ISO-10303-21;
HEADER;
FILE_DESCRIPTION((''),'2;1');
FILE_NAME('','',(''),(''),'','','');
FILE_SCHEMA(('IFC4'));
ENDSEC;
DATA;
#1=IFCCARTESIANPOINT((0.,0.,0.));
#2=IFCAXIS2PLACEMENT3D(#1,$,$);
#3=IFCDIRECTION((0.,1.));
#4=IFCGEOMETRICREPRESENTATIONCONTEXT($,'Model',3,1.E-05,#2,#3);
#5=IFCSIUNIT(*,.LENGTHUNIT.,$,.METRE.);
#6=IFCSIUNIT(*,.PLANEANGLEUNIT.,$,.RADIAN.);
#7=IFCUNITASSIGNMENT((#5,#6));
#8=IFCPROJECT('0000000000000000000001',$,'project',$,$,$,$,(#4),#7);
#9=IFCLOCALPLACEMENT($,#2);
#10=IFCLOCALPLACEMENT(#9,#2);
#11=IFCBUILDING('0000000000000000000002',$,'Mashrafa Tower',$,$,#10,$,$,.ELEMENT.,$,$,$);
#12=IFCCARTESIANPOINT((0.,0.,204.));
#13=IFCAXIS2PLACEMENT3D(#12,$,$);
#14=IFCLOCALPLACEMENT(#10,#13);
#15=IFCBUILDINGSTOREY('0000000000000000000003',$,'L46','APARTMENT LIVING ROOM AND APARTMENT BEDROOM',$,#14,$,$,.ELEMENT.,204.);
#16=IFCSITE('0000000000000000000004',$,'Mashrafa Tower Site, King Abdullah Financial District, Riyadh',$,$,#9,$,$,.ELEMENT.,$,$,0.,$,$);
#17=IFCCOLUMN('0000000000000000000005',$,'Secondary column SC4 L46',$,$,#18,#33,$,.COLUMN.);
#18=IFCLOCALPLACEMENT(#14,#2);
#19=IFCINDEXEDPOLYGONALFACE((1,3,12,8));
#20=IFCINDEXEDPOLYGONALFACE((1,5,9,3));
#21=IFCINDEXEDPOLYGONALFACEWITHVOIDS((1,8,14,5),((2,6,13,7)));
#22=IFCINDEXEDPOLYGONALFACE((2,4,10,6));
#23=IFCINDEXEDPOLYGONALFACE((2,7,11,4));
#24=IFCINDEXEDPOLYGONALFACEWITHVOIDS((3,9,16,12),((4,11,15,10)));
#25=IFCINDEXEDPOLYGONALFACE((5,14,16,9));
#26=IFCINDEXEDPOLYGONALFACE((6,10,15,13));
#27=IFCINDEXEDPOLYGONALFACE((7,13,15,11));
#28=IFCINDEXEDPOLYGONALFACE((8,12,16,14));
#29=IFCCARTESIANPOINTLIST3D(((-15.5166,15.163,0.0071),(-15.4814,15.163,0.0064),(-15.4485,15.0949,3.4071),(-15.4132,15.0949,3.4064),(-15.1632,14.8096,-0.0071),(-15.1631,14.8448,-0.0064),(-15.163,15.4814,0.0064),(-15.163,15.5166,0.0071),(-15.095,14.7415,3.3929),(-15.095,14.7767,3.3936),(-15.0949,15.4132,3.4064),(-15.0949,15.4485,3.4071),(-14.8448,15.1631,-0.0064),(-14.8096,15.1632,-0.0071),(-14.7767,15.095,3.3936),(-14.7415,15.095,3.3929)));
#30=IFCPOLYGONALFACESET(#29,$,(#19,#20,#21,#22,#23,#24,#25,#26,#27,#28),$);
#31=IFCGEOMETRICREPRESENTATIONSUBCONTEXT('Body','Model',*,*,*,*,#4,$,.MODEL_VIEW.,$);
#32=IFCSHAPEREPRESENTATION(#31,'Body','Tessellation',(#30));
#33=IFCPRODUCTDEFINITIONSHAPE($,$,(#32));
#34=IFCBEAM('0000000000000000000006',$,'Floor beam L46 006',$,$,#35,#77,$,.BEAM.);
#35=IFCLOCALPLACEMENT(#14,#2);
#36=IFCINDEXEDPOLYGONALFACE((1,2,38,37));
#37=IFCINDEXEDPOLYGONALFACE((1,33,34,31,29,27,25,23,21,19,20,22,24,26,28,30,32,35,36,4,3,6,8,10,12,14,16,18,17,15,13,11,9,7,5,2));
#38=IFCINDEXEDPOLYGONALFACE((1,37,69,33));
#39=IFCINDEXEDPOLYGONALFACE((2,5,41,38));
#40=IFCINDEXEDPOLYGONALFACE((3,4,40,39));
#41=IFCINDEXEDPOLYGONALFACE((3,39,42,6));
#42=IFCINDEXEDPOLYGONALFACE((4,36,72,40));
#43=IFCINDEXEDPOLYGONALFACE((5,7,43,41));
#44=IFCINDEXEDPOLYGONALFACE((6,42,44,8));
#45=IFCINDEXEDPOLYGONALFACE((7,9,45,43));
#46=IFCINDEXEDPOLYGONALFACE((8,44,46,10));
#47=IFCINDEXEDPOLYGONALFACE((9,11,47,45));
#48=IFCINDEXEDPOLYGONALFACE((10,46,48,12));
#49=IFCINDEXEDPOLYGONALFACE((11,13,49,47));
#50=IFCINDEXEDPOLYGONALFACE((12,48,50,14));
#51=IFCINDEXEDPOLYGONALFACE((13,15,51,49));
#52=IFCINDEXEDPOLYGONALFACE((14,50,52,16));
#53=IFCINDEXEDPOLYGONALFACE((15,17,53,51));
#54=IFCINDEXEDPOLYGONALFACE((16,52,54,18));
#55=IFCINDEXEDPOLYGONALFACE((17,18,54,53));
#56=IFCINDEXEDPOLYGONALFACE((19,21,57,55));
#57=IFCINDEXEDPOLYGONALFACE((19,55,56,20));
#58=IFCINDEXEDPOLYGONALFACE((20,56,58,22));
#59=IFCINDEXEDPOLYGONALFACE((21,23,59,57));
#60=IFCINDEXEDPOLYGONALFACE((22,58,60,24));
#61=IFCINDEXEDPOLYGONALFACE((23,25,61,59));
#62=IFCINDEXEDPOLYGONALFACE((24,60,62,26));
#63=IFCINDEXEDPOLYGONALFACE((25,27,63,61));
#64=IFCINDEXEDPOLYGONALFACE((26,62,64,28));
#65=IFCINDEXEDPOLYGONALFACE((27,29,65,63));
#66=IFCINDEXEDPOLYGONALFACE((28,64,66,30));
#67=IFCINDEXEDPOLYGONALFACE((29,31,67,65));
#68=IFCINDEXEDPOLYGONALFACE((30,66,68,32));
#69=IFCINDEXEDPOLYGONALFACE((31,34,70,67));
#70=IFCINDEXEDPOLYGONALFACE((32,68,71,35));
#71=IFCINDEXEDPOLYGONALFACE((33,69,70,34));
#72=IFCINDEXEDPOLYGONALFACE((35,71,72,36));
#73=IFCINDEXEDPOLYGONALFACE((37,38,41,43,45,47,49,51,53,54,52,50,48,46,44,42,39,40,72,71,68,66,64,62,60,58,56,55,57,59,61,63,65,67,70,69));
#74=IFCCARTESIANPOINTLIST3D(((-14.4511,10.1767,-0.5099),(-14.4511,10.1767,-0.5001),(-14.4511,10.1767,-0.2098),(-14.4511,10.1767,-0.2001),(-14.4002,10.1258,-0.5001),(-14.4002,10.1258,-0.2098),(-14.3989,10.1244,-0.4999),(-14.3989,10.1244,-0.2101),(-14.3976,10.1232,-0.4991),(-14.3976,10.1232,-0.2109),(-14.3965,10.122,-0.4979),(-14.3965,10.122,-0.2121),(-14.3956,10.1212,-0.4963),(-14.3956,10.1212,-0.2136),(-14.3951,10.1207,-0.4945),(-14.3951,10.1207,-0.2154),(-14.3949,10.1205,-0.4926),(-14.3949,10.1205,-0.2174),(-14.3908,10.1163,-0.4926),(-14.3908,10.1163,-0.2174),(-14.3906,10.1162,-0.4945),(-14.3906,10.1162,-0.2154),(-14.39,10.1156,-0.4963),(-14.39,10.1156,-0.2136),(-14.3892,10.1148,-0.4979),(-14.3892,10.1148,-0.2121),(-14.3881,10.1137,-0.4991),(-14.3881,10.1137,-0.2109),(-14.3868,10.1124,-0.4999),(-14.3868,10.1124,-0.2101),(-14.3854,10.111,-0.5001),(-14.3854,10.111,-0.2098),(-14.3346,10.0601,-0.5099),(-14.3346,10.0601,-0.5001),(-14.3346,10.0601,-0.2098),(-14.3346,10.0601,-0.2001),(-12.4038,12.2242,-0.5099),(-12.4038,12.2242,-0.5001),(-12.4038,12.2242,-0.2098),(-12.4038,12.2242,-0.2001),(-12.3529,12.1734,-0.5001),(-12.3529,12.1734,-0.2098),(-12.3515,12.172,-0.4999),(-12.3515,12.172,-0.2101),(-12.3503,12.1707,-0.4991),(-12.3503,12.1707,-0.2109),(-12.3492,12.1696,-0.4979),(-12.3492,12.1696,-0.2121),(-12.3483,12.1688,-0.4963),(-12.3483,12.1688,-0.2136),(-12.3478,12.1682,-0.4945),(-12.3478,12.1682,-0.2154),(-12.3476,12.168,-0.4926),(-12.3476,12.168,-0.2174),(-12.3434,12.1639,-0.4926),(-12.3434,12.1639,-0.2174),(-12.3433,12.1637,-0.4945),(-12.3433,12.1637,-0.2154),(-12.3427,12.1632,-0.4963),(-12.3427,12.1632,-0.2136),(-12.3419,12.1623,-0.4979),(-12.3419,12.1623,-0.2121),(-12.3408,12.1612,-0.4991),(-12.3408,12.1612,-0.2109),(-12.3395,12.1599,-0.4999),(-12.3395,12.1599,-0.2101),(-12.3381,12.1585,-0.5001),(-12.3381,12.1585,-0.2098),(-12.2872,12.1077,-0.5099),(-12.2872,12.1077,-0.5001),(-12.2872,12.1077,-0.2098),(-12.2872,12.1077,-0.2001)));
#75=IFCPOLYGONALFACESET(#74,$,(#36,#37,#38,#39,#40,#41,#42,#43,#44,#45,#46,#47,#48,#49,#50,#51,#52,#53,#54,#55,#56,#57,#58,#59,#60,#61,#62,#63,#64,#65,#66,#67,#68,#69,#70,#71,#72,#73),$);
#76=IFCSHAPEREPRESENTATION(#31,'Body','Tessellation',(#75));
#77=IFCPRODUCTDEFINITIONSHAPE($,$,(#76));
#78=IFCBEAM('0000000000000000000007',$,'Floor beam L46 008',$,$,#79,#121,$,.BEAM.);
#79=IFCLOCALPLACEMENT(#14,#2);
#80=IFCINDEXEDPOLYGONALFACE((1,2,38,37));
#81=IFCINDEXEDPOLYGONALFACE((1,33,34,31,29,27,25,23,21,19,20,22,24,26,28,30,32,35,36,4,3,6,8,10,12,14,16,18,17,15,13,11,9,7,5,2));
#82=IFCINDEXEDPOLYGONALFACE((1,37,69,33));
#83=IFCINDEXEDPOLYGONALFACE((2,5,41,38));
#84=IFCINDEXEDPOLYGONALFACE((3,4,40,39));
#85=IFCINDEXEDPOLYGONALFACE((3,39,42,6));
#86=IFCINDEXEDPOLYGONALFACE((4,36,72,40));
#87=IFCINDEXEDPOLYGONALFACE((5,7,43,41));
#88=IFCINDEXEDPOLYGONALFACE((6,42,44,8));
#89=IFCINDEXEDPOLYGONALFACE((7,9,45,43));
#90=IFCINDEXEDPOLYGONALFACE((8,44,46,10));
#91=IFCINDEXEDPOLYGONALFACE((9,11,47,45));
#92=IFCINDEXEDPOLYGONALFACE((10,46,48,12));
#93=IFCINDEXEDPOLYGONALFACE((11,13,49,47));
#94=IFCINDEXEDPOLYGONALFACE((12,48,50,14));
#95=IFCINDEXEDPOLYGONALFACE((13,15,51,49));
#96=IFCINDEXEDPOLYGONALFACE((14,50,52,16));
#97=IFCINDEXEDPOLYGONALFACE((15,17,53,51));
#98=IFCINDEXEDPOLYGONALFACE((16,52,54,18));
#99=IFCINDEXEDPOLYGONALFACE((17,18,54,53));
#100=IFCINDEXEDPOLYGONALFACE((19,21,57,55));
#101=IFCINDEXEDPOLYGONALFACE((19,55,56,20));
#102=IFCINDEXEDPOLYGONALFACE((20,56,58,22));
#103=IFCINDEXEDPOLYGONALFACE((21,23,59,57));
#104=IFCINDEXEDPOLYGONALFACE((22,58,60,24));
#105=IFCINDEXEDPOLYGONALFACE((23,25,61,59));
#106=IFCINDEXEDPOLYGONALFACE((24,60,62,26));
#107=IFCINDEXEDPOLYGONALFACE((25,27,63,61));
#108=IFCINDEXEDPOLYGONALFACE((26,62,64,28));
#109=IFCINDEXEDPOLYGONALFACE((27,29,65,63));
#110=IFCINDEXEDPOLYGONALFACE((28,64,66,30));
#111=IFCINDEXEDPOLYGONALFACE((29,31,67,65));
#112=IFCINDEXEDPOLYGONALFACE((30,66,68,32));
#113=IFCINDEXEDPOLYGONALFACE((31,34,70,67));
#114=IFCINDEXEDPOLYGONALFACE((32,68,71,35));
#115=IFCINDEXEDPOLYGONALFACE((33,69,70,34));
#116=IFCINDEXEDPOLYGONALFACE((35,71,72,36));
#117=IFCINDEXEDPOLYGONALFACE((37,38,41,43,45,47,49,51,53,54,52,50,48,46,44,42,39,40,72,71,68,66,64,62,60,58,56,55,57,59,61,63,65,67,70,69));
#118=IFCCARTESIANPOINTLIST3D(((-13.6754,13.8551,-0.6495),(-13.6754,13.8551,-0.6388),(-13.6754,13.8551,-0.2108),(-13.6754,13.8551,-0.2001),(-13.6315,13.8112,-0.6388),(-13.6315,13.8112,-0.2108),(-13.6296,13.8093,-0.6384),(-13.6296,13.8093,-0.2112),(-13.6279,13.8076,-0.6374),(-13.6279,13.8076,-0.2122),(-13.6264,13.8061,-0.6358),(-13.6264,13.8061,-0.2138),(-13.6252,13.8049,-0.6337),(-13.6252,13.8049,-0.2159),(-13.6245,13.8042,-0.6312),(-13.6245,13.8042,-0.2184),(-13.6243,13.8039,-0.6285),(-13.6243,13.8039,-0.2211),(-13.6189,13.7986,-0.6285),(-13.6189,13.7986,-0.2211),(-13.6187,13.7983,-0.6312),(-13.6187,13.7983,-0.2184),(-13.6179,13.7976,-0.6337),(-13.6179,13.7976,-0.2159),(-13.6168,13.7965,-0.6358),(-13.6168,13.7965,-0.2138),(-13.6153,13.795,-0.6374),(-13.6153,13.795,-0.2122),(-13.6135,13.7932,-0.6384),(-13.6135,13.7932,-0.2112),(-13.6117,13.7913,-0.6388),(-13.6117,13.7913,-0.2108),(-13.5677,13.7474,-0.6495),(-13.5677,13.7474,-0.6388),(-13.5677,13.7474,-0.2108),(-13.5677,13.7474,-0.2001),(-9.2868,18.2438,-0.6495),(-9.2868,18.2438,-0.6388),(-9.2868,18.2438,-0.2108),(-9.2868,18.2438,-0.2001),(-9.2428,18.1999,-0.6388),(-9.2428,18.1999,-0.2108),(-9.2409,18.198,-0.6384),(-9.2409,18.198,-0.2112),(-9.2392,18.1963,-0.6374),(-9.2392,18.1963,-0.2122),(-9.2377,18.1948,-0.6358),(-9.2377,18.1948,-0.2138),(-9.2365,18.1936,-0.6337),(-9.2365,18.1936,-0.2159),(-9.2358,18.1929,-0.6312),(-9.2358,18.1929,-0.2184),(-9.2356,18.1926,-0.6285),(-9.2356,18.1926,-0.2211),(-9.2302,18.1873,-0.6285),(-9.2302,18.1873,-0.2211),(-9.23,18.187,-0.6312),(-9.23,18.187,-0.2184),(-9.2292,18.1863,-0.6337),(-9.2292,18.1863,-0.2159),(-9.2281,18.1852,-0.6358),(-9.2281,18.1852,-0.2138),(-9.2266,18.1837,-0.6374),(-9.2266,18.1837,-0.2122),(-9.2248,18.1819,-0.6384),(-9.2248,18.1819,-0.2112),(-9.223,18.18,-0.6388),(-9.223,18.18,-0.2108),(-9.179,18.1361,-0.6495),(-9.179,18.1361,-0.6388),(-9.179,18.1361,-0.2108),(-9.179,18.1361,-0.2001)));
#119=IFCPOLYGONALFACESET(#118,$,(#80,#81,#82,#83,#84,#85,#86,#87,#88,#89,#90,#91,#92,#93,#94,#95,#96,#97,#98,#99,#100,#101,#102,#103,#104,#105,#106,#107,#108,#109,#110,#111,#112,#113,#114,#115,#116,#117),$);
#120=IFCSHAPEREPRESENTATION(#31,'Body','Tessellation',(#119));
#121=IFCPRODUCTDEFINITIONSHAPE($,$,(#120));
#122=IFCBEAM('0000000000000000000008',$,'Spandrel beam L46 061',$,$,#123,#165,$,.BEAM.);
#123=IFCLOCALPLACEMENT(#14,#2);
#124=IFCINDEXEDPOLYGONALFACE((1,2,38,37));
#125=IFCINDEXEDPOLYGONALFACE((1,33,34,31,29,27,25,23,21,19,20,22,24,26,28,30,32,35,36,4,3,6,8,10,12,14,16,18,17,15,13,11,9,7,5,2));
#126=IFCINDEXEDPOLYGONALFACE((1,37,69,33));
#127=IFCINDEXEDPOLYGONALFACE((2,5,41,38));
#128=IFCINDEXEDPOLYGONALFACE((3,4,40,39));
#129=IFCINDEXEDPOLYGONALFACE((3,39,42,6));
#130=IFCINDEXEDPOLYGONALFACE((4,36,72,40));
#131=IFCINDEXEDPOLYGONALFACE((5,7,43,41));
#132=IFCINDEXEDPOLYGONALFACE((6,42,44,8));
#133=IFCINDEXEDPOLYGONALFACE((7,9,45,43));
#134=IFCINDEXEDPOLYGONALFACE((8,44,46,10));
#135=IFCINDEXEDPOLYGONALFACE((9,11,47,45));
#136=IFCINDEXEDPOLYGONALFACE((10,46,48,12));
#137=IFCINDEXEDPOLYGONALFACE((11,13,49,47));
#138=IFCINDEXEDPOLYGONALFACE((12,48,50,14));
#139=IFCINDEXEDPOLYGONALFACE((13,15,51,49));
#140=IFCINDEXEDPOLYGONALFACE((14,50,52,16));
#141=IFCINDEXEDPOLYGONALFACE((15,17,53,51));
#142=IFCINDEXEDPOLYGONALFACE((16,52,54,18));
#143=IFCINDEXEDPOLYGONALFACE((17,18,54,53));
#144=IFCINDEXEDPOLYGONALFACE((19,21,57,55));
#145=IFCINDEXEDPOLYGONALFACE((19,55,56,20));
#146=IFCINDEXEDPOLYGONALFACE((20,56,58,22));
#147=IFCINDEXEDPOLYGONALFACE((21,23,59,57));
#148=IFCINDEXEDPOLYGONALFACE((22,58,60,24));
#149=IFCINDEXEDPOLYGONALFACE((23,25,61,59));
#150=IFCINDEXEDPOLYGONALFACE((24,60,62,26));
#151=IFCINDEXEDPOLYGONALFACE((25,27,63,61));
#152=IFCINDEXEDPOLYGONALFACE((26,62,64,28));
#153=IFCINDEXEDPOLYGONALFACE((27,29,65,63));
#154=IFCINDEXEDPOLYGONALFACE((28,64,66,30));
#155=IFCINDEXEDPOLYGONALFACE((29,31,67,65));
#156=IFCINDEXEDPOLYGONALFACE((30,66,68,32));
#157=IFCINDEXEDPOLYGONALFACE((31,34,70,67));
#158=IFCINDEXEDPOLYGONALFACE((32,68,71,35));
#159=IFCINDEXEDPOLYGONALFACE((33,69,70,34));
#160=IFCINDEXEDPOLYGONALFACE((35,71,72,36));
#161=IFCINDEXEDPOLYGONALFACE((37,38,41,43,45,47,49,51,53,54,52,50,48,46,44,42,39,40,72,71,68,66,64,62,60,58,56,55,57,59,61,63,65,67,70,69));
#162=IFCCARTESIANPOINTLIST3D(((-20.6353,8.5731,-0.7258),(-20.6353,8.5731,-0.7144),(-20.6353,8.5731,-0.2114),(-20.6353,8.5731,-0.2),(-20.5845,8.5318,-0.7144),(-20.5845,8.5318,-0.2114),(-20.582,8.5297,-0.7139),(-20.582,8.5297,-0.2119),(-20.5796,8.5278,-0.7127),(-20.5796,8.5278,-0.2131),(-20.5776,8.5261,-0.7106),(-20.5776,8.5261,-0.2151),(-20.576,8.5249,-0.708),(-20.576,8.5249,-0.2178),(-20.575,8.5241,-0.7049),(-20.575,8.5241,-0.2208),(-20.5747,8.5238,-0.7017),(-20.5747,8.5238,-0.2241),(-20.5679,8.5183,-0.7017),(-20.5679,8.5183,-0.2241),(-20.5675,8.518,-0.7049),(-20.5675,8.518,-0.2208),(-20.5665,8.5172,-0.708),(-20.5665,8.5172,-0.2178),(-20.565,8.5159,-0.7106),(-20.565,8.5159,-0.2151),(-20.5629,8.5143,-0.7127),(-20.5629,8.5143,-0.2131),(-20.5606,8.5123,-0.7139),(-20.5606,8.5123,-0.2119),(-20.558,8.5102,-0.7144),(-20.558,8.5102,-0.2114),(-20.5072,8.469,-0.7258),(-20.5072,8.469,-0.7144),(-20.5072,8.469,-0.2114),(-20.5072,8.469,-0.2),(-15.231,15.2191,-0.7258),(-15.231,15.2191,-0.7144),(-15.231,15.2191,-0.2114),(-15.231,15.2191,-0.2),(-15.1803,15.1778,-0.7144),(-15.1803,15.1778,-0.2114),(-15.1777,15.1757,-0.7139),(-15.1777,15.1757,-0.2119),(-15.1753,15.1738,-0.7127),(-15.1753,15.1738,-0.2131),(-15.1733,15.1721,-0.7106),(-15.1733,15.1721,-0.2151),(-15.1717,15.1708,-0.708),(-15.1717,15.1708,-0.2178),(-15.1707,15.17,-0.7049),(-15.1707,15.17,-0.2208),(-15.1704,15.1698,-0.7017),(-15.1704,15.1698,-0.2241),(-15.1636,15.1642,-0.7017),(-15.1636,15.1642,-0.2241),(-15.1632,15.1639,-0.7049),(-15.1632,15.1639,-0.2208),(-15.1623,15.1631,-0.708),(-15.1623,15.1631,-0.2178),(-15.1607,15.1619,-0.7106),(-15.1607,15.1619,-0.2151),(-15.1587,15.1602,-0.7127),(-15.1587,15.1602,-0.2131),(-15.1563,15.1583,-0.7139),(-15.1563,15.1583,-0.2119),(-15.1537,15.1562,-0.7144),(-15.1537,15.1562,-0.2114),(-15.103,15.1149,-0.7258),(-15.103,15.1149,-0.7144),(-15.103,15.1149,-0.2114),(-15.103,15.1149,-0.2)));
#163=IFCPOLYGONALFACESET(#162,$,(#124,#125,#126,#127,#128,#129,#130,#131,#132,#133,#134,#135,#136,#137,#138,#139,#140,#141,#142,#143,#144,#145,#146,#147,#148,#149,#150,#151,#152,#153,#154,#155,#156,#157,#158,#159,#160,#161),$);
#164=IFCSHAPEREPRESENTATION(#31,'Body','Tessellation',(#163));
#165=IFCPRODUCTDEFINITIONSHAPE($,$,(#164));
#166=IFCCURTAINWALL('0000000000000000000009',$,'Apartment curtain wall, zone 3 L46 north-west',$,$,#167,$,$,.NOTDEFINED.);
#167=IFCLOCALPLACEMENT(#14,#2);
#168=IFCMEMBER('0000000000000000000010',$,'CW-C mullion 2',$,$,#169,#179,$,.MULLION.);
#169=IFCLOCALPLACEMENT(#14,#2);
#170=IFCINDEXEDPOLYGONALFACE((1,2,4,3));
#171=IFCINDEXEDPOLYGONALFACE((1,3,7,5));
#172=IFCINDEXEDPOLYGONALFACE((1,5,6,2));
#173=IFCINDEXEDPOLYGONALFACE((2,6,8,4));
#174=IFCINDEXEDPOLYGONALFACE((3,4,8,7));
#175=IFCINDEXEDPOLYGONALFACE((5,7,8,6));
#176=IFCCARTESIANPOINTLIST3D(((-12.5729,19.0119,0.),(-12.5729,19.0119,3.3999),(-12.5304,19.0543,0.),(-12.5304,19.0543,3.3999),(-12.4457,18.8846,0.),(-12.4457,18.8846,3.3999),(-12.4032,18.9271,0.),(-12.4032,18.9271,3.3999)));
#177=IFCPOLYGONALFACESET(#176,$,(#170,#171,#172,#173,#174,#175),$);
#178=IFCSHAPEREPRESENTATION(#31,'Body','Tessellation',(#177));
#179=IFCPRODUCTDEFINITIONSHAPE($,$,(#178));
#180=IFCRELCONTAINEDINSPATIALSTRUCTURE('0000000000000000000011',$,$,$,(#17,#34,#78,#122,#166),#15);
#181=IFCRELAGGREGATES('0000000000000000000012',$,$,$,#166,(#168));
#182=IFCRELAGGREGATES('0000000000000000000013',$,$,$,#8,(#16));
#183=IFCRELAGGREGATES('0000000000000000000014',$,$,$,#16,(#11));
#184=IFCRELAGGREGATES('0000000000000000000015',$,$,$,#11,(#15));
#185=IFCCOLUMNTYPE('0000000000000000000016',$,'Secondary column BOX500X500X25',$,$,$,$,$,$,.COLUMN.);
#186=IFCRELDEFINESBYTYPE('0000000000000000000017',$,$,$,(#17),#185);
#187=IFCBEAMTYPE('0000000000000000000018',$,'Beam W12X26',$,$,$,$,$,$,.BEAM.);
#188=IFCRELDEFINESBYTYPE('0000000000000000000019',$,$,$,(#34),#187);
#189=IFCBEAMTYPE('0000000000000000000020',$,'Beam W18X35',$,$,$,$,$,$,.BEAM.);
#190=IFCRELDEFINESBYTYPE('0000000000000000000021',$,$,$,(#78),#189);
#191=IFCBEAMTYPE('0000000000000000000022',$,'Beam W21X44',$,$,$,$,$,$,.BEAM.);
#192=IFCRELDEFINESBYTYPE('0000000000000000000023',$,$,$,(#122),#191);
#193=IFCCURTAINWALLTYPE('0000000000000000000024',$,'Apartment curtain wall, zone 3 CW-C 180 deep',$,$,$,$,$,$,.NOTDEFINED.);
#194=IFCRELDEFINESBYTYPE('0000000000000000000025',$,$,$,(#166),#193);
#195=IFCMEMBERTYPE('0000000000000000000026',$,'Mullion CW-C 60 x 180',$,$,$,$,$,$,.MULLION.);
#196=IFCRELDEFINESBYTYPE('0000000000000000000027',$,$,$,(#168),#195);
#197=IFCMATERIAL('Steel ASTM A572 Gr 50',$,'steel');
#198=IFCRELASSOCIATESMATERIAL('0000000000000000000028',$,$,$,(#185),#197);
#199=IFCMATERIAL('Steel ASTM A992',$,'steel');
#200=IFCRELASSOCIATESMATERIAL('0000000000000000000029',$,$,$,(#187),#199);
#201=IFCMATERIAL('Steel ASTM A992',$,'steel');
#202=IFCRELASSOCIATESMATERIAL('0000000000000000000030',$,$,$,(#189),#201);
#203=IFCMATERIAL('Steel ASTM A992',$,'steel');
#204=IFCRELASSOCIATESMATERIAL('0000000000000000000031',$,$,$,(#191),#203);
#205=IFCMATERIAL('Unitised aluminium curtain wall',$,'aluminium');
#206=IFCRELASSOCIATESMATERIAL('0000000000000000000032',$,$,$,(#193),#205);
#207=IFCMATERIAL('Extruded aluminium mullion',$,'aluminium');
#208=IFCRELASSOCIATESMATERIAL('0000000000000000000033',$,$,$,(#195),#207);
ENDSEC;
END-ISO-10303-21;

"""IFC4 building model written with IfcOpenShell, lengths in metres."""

from ifc_helpers import new_model, si_unit, direction, frame, origin, origin_2d, place, context, subcontext, project, spatial, rectangle, hollow_rectangle, i_section, extrude, source, transform, mapped, material, material_profile, profile_set, type_object, type_shapes, element, aggregate, save


model = new_model("IFC4")

# Units and contexts
model_context = context("Model", 3, precision=1e-05, world=origin(), true_north=direction((0.0, 1.0)))
body_context = subcontext(model_context, "Body", "Model", "MODEL_VIEW")
ifc_project = project(units=[si_unit("LENGTHUNIT", "METRE"), si_unit("PLANEANGLEUNIT", "RADIAN")], contexts=[model_context])

# Site, building, storey
site_placement = place(None, origin())
site = spatial("IfcSite", under=ifc_project, at=site_placement, Name="Mashrafa Tower Site, King Abdullah Financial District, Riyadh", CompositionType="ELEMENT", RefElevation=0.0)
building_placement = place(site_placement, origin())
building = spatial("IfcBuilding", under=site, at=building_placement, Name="Mashrafa Tower", CompositionType="ELEMENT")
storey_placement = place(building_placement, frame((0.0, 0.0, 204.0)))
storey = spatial("IfcBuildingStorey", under=building, at=storey_placement, Name="L46", Description="APARTMENT LIVING ROOM AND APARTMENT BEDROOM", CompositionType="ELEMENT", Elevation=204.0)

# Column
ifc_material_1 = material(Name="Steel ASTM A572 Gr 50", Category="steel")
ifc_material_profile_1 = material_profile(ifc_material_1, hollow_rectangle(XDim=0.5, YDim=0.5, WallThickness=0.0249, at=origin_2d()), Name="BOX500X500X25")
ifc_profile_set_1 = profile_set([ifc_material_profile_1], Name="Steel ASTM A572 Gr 50")
column_type = type_object("IfcColumnType", Name="Secondary column BOX500X500X25", PredefinedType="COLUMN", material=ifc_profile_set_1)
column_placement = place(storey_placement, frame((-15.1631, 15.1631, 0.0), z_axis=(0.020026, -0.020026, 0.999599), x_axis=(0.707107, 0.707107, 0.0)))
element("IfcColumn", 1, at=column_placement, inside=storey, type_object=column_type, Name="Secondary column SC4 L46", PredefinedType="COLUMN", context=body_context, shape_type="SweptSolid", body=[
    extrude(hollow_rectangle(XDim=0.5, YDim=0.5, WallThickness=0.0249, at=origin_2d()), origin(), (0.0, 0.0, 1.0), 3.4014),
])

# Beams
ifc_material_2 = material(Name="Steel ASTM A992", Category="steel")
ifc_material_profile_2 = material_profile(ifc_material_2, i_section(OverallWidth=0.1648, OverallDepth=0.3098, WebThickness=0.0059, FlangeThickness=0.0098, FilletRadius=0.0076, at=origin_2d()), Name="W12X26")
ifc_profile_set_2 = profile_set([ifc_material_profile_2], Name="Steel ASTM A992")
beam_type_1 = type_object("IfcBeamType", Name="Beam W12X26", PredefinedType="BEAM", material=ifc_profile_set_2)
beam_1_placement = place(storey_placement, frame((-14.3928, 10.1184, -0.355), z_axis=(0.707065, 0.707149, 0.0), x_axis=(-0.707149, 0.707065, 0.0)))
element("IfcBeam", 2, at=beam_1_placement, inside=storey, type_object=beam_type_1, Name="Floor beam L46 006", PredefinedType="BEAM", context=body_context, shape_type="SweptSolid", body=[
    extrude(i_section(OverallWidth=0.1648, OverallDepth=0.3098, WebThickness=0.0059, FlangeThickness=0.0098, FilletRadius=0.0076, at=origin_2d()), origin(), (0.0, 0.0, 1.0), 2.8955),
])
ifc_material_3 = material(Name="Steel ASTM A992", Category="steel")
ifc_material_profile_3 = material_profile(ifc_material_3, i_section(OverallWidth=0.1523, OverallDepth=0.4495, WebThickness=0.0076, FlangeThickness=0.0107, FilletRadius=0.0103, at=origin_2d()), Name="W18X35")
ifc_profile_set_3 = profile_set([ifc_material_profile_3], Name="Steel ASTM A992")
beam_type_2 = type_object("IfcBeamType", Name="Beam W18X35", PredefinedType="BEAM", material=ifc_profile_set_3)
beam_2_placement = place(storey_placement, frame((-13.6216, 13.8013, -0.4248), z_axis=(0.707107, 0.707107, 0.0), x_axis=(-0.707107, 0.707107, 0.0)))
element("IfcBeam", 3, at=beam_2_placement, inside=storey, type_object=beam_type_2, Name="Floor beam L46 008", PredefinedType="BEAM", context=body_context, shape_type="SweptSolid", body=[
    extrude(i_section(OverallWidth=0.1523, OverallDepth=0.4495, WebThickness=0.0076, FlangeThickness=0.0107, FilletRadius=0.0103, at=origin_2d()), origin(), (0.0, 0.0, 1.0), 6.2065),
])
ifc_material_4 = material(Name="Steel ASTM A992", Category="steel")
ifc_material_profile_4 = material_profile(ifc_material_4, i_section(OverallWidth=0.165, OverallDepth=0.5259, WebThickness=0.0088, FlangeThickness=0.0115, FilletRadius=0.0127, at=origin_2d()), Name="W21X44")
ifc_profile_set_4 = profile_set([ifc_material_profile_4], Name="Steel ASTM A992")
beam_type_3 = type_object("IfcBeamType", Name="Beam W21X44", PredefinedType="BEAM", material=ifc_profile_set_4)
beam_3_placement = place(storey_placement, frame((-15.167, 15.167, -0.4629), z_axis=(-0.630904, -0.775861, 0.0), x_axis=(0.775861, -0.630904, 0.0)))
element("IfcBeam", 4, at=beam_3_placement, inside=storey, type_object=beam_type_3, Name="Spandrel beam L46 061", PredefinedType="BEAM", context=body_context, shape_type="SweptSolid", body=[
    extrude(i_section(OverallWidth=0.165, OverallDepth=0.5259, WebThickness=0.0088, FlangeThickness=0.0115, FilletRadius=0.0127, at=origin_2d()), origin(), (0.0, 0.0, 1.0), 8.5659),
])

# Curtain wall, member
ifc_material_5 = material(Name="Unitised aluminium curtain wall", Category="aluminium")
curtain_wall_type = type_object("IfcCurtainWallType", Name="Apartment curtain wall, zone 3 CW-C 180 deep", PredefinedType="NOTDEFINED", material=ifc_material_5)
curtain_wall_placement = place(storey_placement, origin())
curtain_wall = element("IfcCurtainWall", 5, at=curtain_wall_placement, inside=storey, type_object=curtain_wall_type, Name="Apartment curtain wall, zone 3 L46 north-west", PredefinedType="NOTDEFINED")
ifc_material_6 = material(Name="Extruded aluminium mullion", Category="aluminium")
ifc_material_profile_5 = material_profile(ifc_material_6, rectangle(XDim=0.1799, YDim=0.0601, at=origin_2d()), Name="Mullion 60x180")
ifc_profile_set_5 = profile_set([ifc_material_profile_5], Name="Extruded aluminium mullion")
member_type_1 = type_object("IfcMemberType", Name="Mullion CW-C 60 x 180", PredefinedType="MULLION", material=ifc_profile_set_5)
shared_shape_1 = source(origin(), body_context, "Body", "SweptSolid", [
    extrude(rectangle(XDim=0.1799, YDim=0.0601, at=origin_2d()), origin(), (0.0, 0.0, 1.0), 3.3999),
])
type_shapes(member_type_1, [shared_shape_1])
member_1_placement = place(storey_placement, frame((-12.488, 18.9695, 0.0), z_axis=(0.0, 0.0, 1.0), x_axis=(0.707107, -0.707107, 0.0)))
member_1 = element("IfcMember", 6, at=member_1_placement, type_object=member_type_1, Name="CW-C mullion 2", PredefinedType="MULLION", context=body_context, shape_type="MappedRepresentation", body=[
    mapped(shared_shape_1, transform((0.0, 0.0, 0.0))),
])
aggregate(curtain_wall, [member_1])

save(model, "model.ifc")
